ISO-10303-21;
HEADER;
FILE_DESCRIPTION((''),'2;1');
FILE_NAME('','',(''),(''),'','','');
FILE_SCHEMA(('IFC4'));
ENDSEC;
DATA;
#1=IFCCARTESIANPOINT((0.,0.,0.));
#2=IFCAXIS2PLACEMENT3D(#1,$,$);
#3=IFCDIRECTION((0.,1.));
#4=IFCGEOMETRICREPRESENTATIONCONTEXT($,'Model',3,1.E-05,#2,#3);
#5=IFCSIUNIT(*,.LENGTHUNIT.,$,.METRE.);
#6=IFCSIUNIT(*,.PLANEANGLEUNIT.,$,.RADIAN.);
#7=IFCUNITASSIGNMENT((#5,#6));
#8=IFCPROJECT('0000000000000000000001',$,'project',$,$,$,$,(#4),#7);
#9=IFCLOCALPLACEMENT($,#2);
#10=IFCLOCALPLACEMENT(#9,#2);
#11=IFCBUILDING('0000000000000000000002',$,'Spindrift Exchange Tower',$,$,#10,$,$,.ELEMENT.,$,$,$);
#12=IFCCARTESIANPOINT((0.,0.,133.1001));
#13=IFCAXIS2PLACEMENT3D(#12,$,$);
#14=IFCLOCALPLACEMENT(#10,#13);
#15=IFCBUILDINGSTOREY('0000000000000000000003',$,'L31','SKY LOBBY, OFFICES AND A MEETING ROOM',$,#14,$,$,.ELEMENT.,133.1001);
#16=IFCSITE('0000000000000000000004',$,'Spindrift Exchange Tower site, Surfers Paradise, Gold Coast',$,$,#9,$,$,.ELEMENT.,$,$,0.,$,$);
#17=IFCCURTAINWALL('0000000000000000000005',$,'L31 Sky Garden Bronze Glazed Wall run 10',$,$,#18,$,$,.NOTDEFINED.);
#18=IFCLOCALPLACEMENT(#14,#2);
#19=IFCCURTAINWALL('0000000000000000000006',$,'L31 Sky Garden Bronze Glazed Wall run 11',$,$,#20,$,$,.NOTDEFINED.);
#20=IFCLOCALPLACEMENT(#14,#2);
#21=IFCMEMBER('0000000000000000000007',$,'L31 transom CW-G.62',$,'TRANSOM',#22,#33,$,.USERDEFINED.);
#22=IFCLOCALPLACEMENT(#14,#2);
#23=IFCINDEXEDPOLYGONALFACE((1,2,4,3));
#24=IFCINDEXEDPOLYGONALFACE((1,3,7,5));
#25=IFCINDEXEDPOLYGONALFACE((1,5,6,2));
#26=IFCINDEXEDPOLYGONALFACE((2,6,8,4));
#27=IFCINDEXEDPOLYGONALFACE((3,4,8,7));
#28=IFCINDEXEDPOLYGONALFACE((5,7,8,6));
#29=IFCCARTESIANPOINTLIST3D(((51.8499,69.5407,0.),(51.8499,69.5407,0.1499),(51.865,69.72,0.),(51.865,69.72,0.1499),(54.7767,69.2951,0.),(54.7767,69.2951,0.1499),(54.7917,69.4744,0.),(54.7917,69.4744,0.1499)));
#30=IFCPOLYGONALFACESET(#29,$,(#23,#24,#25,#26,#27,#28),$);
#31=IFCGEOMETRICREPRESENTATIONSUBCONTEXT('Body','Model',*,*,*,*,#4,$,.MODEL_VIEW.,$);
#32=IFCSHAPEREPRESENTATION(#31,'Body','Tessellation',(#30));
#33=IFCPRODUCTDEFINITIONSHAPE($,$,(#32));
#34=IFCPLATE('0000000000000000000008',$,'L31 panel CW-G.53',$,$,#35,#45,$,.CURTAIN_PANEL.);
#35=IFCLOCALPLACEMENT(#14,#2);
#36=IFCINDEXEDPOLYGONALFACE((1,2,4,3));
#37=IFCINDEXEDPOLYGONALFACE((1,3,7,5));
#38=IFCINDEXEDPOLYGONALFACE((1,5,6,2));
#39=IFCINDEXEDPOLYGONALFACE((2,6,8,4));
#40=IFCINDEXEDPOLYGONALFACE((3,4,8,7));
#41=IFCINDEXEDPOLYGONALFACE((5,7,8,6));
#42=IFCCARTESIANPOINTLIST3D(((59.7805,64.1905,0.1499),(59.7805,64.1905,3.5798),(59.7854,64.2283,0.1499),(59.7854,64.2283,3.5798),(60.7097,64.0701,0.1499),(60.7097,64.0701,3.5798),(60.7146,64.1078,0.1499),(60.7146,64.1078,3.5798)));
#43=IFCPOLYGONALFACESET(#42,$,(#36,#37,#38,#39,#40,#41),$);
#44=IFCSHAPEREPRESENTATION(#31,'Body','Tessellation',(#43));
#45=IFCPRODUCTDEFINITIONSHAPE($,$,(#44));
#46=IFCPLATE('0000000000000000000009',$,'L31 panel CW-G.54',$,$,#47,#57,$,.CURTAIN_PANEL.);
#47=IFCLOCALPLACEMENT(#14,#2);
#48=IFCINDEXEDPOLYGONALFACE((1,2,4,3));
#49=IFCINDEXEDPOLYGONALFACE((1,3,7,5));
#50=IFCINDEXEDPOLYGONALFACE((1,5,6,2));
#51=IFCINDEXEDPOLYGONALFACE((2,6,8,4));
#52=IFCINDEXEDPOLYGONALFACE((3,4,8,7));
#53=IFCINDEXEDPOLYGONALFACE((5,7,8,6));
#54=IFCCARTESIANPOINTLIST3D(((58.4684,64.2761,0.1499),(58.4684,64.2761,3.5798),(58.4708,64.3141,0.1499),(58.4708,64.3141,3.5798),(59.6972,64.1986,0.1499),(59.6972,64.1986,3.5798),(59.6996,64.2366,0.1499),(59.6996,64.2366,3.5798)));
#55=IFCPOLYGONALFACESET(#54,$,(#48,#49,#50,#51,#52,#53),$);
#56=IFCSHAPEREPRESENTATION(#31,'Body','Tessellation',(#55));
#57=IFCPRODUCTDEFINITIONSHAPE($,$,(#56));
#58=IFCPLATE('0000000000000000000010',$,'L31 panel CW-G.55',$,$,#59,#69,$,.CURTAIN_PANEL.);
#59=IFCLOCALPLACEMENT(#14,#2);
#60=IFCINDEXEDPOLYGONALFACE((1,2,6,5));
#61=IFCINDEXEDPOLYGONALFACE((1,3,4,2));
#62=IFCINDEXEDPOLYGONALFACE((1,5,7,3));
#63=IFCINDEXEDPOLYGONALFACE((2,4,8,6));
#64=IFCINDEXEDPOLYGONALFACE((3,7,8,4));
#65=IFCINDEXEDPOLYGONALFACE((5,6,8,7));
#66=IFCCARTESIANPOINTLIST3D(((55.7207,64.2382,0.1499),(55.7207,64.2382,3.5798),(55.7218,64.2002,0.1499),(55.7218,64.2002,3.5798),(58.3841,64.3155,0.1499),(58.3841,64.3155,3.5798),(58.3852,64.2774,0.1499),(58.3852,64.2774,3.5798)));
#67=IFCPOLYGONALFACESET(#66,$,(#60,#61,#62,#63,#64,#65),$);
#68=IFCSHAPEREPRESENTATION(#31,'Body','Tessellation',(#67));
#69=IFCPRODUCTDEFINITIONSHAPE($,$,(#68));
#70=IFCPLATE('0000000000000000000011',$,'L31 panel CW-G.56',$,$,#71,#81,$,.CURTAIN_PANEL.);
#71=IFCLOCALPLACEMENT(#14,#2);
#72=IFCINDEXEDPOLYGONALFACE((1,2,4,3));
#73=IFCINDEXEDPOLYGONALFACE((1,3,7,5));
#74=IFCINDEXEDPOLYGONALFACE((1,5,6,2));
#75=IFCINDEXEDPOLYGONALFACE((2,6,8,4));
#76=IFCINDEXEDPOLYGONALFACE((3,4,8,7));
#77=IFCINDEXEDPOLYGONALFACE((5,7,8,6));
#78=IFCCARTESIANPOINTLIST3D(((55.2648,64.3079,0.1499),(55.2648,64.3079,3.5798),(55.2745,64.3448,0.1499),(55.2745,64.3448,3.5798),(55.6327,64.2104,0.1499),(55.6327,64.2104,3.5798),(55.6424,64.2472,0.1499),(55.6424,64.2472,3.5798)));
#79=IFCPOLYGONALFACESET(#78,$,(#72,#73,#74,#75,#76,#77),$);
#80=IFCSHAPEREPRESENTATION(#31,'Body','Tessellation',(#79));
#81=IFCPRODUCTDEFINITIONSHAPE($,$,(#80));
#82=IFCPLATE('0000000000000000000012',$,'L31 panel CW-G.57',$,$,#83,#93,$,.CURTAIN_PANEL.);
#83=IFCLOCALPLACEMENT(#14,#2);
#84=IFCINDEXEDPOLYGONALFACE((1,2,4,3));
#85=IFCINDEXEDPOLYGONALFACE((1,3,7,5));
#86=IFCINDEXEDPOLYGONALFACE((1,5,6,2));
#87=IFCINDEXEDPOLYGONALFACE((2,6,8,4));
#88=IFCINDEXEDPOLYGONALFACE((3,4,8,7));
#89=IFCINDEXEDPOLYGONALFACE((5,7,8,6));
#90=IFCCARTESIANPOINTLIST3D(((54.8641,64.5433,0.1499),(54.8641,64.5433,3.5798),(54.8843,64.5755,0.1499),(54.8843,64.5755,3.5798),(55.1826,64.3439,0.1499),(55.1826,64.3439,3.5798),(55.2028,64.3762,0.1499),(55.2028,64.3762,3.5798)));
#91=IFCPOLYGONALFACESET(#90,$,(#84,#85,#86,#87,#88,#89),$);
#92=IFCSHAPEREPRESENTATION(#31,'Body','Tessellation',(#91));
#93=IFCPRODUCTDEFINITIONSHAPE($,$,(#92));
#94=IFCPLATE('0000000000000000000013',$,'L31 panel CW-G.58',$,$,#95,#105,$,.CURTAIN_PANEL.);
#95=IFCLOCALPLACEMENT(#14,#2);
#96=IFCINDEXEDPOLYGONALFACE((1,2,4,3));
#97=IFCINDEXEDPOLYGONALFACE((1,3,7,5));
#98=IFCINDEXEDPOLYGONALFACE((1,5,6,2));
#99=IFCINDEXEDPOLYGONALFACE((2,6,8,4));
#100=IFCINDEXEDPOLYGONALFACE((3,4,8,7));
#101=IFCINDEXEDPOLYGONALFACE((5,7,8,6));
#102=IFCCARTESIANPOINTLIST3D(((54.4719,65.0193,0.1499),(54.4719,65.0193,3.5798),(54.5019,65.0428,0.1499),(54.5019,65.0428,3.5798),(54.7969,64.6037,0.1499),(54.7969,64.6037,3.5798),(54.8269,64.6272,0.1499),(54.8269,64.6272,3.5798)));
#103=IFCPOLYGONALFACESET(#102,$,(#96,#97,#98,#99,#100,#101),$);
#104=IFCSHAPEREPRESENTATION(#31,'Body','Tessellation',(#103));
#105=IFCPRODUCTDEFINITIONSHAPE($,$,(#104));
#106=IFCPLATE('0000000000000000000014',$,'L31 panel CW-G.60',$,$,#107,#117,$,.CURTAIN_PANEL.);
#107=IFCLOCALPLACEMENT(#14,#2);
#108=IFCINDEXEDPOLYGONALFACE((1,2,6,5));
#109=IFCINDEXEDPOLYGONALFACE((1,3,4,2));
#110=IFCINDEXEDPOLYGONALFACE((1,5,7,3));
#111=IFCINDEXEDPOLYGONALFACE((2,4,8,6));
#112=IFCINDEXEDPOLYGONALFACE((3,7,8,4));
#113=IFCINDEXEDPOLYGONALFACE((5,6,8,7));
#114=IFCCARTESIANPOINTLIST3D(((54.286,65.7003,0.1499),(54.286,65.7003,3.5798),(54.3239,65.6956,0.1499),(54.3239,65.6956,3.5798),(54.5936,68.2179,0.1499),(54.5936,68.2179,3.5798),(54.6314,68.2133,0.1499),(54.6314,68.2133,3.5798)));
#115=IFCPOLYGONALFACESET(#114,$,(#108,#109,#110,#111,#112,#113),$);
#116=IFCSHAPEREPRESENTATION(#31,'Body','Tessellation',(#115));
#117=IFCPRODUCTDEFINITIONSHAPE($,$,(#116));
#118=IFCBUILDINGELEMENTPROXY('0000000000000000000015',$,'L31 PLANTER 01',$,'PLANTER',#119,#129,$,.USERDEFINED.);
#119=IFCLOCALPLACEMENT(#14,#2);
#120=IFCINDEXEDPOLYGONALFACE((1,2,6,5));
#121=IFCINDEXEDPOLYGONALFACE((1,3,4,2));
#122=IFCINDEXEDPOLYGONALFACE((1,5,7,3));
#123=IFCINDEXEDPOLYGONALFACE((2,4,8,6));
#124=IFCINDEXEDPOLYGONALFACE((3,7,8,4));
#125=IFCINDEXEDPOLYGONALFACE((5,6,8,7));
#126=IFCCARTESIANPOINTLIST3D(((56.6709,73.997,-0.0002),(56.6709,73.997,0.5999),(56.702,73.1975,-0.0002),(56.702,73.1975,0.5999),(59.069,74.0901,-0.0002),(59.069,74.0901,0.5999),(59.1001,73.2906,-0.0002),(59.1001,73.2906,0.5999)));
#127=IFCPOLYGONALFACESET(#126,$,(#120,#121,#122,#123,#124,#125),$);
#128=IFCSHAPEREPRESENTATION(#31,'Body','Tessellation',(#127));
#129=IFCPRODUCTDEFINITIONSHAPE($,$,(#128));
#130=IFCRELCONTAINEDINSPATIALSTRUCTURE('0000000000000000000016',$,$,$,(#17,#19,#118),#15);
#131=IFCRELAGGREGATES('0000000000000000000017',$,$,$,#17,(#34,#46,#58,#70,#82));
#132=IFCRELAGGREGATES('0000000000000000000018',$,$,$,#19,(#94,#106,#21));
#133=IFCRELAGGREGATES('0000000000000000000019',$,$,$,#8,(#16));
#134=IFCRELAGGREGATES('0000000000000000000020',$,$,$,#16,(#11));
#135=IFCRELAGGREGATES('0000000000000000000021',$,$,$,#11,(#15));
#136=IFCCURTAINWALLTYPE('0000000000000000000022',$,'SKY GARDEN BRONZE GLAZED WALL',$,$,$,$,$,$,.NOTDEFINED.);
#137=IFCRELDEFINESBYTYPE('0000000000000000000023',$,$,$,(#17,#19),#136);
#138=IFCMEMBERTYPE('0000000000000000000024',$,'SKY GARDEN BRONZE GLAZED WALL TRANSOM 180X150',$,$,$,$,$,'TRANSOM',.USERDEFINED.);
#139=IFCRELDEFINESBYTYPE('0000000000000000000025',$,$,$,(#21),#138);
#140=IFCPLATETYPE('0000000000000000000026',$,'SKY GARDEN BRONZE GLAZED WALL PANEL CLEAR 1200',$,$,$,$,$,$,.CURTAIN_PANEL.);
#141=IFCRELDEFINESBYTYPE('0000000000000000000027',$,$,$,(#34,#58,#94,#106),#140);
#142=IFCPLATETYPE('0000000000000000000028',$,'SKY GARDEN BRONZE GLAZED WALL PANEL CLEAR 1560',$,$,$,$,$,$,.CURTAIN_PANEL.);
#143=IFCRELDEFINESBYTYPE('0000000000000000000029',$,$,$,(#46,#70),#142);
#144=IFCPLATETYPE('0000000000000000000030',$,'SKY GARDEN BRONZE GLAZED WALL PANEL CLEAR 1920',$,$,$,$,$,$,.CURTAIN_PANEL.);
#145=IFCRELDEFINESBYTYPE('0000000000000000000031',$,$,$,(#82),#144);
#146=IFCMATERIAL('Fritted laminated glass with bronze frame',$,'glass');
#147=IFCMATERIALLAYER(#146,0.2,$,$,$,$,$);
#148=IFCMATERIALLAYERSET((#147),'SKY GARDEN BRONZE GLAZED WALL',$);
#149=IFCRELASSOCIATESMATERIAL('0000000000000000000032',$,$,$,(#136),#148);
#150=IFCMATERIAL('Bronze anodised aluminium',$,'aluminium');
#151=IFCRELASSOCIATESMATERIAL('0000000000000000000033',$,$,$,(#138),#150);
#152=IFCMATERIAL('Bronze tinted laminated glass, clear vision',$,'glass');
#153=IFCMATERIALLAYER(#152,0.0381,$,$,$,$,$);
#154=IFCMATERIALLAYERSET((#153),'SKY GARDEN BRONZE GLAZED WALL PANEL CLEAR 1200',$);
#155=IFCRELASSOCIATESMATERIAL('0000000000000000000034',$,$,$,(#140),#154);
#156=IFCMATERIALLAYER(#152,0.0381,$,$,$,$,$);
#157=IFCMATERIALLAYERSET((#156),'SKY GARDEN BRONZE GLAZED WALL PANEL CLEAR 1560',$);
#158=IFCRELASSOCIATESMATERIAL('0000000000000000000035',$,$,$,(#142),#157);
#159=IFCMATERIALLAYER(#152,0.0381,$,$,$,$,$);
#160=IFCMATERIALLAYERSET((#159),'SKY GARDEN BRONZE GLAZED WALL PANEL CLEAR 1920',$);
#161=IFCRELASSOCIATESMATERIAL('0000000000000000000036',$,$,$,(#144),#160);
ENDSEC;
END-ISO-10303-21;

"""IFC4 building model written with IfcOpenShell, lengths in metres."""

from ifc_helpers import new_model, si_unit, direction, frame, origin, origin_2d, place, context, subcontext, project, spatial, rectangle, extrude, source, transform, mapped, material, layer, layer_set, material_profile, profile_set, type_object, element, aggregate, save


model = new_model("IFC4")

# Units and contexts
model_context = context("Model", 3, precision=1e-05, world=origin(), true_north=direction((0.0, 1.0)))
body_context = subcontext(model_context, "Body", "Model", "MODEL_VIEW")
ifc_project = project(units=[si_unit("LENGTHUNIT", "METRE"), si_unit("PLANEANGLEUNIT", "RADIAN")], contexts=[model_context])

# Site, building, storey
site_placement = place(None, origin())
site = spatial("IfcSite", under=ifc_project, at=site_placement, Name="Spindrift Exchange Tower site, Surfers Paradise, Gold Coast", CompositionType="ELEMENT", RefElevation=0.0)
building_placement = place(site_placement, origin())
building = spatial("IfcBuilding", under=site, at=building_placement, Name="Spindrift Exchange Tower", CompositionType="ELEMENT")
storey_placement = place(building_placement, frame((0.0, 0.0, 133.1001)))
storey = spatial("IfcBuildingStorey", under=building, at=storey_placement, Name="L31", Description="SKY LOBBY, OFFICES AND A MEETING ROOM", CompositionType="ELEMENT", Elevation=133.1001)

# Curtain walls
ifc_material_1 = material(Name="Fritted laminated glass with bronze frame", Category="glass")
ifc_layer_1 = layer(ifc_material_1, 0.2)
ifc_layer_set_1 = layer_set([ifc_layer_1], Name="SKY GARDEN BRONZE GLAZED WALL")
curtain_wall_type = type_object("IfcCurtainWallType", Name="SKY GARDEN BRONZE GLAZED WALL", PredefinedType="NOTDEFINED", material=ifc_layer_set_1)
curtain_wall_1_placement = place(storey_placement, origin())
curtain_wall_1 = element("IfcCurtainWall", 1, at=curtain_wall_1_placement, inside=storey, type_object=curtain_wall_type, Name="L31 Sky Garden Bronze Glazed Wall run 10", PredefinedType="NOTDEFINED")
ifc_material_2 = material(Name="Bronze anodised aluminium", Category="aluminium")
ifc_material_profile_1 = material_profile(ifc_material_2, rectangle(XDim=0.1799, YDim=0.1499, at=origin_2d()), Name="SKY GARDEN BRONZE GLAZED WALL TRANSOM 180X150")
ifc_profile_set_1 = profile_set([ifc_material_profile_1], Name="Bronze anodised aluminium")
member_type_1 = type_object("IfcMemberType", Name="SKY GARDEN BRONZE GLAZED WALL TRANSOM 180X150", ElementType="TRANSOM", PredefinedType="USERDEFINED", material=ifc_profile_set_1)
curtain_wall_2_placement = place(storey_placement, origin())
curtain_wall_2 = element("IfcCurtainWall", 2, at=curtain_wall_2_placement, inside=storey, type_object=curtain_wall_type, Name="L31 Sky Garden Bronze Glazed Wall run 11", PredefinedType="NOTDEFINED")

# Member
shared_shape_1 = source(origin(), body_context, "Body", "SweptSolid", [
    extrude(rectangle(XDim=0.1799, YDim=0.1499, at=origin_2d()), origin(), (0.0, 0.0, 1.0), 2.937),
])
member_1_placement = place(storey_placement, frame((54.7842, 69.3848, 0.075), z_axis=(-0.996497, 0.083623, 0.0), x_axis=(-0.083623, -0.996497, 0.0)))
member_1 = element("IfcMember", 3, at=member_1_placement, type_object=member_type_1, Name="L31 transom CW-G.62", ObjectType="TRANSOM", PredefinedType="USERDEFINED", context=body_context, shape_type="MappedRepresentation", body=[
    mapped(shared_shape_1, transform((0.0, 0.0, 0.0), scale=1.0)),
])

# Plates
ifc_material_3 = material(Name="Bronze tinted laminated glass, clear vision", Category="glass")
ifc_layer_2 = layer(ifc_material_3, 0.0381)
ifc_layer_set_2 = layer_set([ifc_layer_2], Name="SKY GARDEN BRONZE GLAZED WALL PANEL CLEAR 1200")
plate_type_1 = type_object("IfcPlateType", Name="SKY GARDEN BRONZE GLAZED WALL PANEL CLEAR 1200", PredefinedType="CURTAIN_PANEL", material=ifc_layer_set_2)
shared_shape_2 = source(origin(), body_context, "Body", "SweptSolid", [
    extrude(rectangle(XDim=0.937, YDim=0.0381, at=origin_2d()), origin(), (0.0, 0.0, 1.0), 3.4299),
])
plate_1_placement = place(storey_placement, frame((60.2476, 64.1492, 0.1499), z_axis=(0.0, 0.0, 1.0), x_axis=(-0.991701, 0.128562, 0.0)))
plate_1 = element("IfcPlate", 4, at=plate_1_placement, type_object=plate_type_1, Name="L31 panel CW-G.53", PredefinedType="CURTAIN_PANEL", context=body_context, shape_type="MappedRepresentation", body=[
    mapped(shared_shape_2, transform((0.0, 0.0, 0.0), scale=1.0)),
])
ifc_layer_3 = layer(ifc_material_3, 0.0381)
ifc_layer_set_3 = layer_set([ifc_layer_3], Name="SKY GARDEN BRONZE GLAZED WALL PANEL CLEAR 1560")
plate_type_2 = type_object("IfcPlateType", Name="SKY GARDEN BRONZE GLAZED WALL PANEL CLEAR 1560", PredefinedType="CURTAIN_PANEL", material=ifc_layer_set_3)
shared_shape_3 = source(origin(), body_context, "Body", "SweptSolid", [
    extrude(rectangle(XDim=1.2312, YDim=0.0381, at=origin_2d()), origin(), (0.0, 0.0, 1.0), 3.4299),
])
plate_2_placement = place(storey_placement, frame((59.084, 64.2563, 0.1499), z_axis=(0.0, 0.0, 1.0), x_axis=(-0.998015, 0.062984, 0.0)))
plate_2 = element("IfcPlate", 5, at=plate_2_placement, type_object=plate_type_2, Name="L31 panel CW-G.54", PredefinedType="CURTAIN_PANEL", context=body_context, shape_type="MappedRepresentation", body=[
    mapped(shared_shape_3, transform((0.0, 0.0, 0.0), scale=1.0)),
])
shared_shape_4 = source(origin(), body_context, "Body", "SweptSolid", [
    extrude(rectangle(XDim=2.6646, YDim=0.0381, at=origin_2d()), origin(), (0.0, 0.0, 1.0), 3.4299),
])
plate_3_placement = place(storey_placement, frame((57.053, 64.2578, 0.1499), z_axis=(0.0, 0.0, 1.0), x_axis=(-0.99958, -0.028986, 0.0)))
plate_3 = element("IfcPlate", 6, at=plate_3_placement, type_object=plate_type_1, Name="L31 panel CW-G.55", PredefinedType="CURTAIN_PANEL", context=body_context, shape_type="MappedRepresentation", body=[
    mapped(shared_shape_4, transform((0.0, 0.0, 0.0), scale=1.0)),
])
shared_shape_5 = source(origin(), body_context, "Body", "SweptSolid", [
    extrude(rectangle(XDim=0.3806, YDim=0.0381, at=origin_2d()), origin(), (0.0, 0.0, 1.0), 3.4299),
])
plate_4_placement = place(storey_placement, frame((55.4536, 64.2776, 0.1499), z_axis=(0.0, 0.0, 1.0), x_axis=(-0.966622, 0.256205, 0.0)))
plate_4 = element("IfcPlate", 7, at=plate_4_placement, type_object=plate_type_2, Name="L31 panel CW-G.56", PredefinedType="CURTAIN_PANEL", context=body_context, shape_type="MappedRepresentation", body=[
    mapped(shared_shape_5, transform((0.0, 0.0, 0.0), scale=1.0)),
])
ifc_layer_4 = layer(ifc_material_3, 0.0381)
ifc_layer_set_4 = layer_set([ifc_layer_4], Name="SKY GARDEN BRONZE GLAZED WALL PANEL CLEAR 1920")
plate_type_3 = type_object("IfcPlateType", Name="SKY GARDEN BRONZE GLAZED WALL PANEL CLEAR 1920", PredefinedType="CURTAIN_PANEL", material=ifc_layer_set_4)
shared_shape_6 = source(origin(), body_context, "Body", "SweptSolid", [
    extrude(rectangle(XDim=0.3757, YDim=0.0381, at=origin_2d()), origin(), (0.0, 0.0, 1.0), 3.4299),
])
plate_5_placement = place(storey_placement, frame((55.0334, 64.4597, 0.1499), z_axis=(0.0, 0.0, 1.0), x_axis=(-0.847633, 0.530584, 0.0)))
plate_5 = element("IfcPlate", 8, at=plate_5_placement, type_object=plate_type_3, Name="L31 panel CW-G.57", PredefinedType="CURTAIN_PANEL", context=body_context, shape_type="MappedRepresentation", body=[
    mapped(shared_shape_6, transform((0.0, 0.0, 0.0), scale=1.0)),
])
aggregate(curtain_wall_1, [plate_1, plate_2, plate_3, plate_4, plate_5])
shared_shape_7 = source(origin(), body_context, "Body", "SweptSolid", [
    extrude(rectangle(XDim=0.5276, YDim=0.0381, at=origin_2d()), origin(), (0.0, 0.0, 1.0), 3.4299),
])
plate_6_placement = place(storey_placement, frame((54.6494, 64.8232, 0.1499), z_axis=(0.0, 0.0, 1.0), x_axis=(-0.616018, 0.787732, 0.0)))
plate_6 = element("IfcPlate", 9, at=plate_6_placement, type_object=plate_type_1, Name="L31 panel CW-G.58", PredefinedType="CURTAIN_PANEL", context=body_context, shape_type="MappedRepresentation", body=[
    mapped(shared_shape_7, transform((0.0, 0.0, 0.0), scale=1.0)),
])
shared_shape_8 = source(origin(), body_context, "Body", "SweptSolid", [
    extrude(rectangle(XDim=2.5364, YDim=0.0381, at=origin_2d()), origin(), (0.0, 0.0, 1.0), 3.4299),
])
plate_7_placement = place(storey_placement, frame((54.4587, 66.9568, 0.1499), z_axis=(0.0, 0.0, 1.0), x_axis=(0.121266, 0.99262, 0.0)))
plate_7 = element("IfcPlate", 10, at=plate_7_placement, type_object=plate_type_1, Name="L31 panel CW-G.60", PredefinedType="CURTAIN_PANEL", context=body_context, shape_type="MappedRepresentation", body=[
    mapped(shared_shape_8, transform((0.0, 0.0, 0.0), scale=1.0)),
])
aggregate(curtain_wall_2, [plate_6, plate_7, member_1])

# Building element proxy
shared_shape_9 = source(origin(), body_context, "Body", "SweptSolid", [
    extrude(rectangle(XDim=2.3999, YDim=0.8, at=origin_2d()), origin(), (0.0, 0.0, 1.0), 0.6001),
])
proxy_placement = place(storey_placement, frame((57.8855, 73.6438, -0.0002), z_axis=(0.0, 0.0, 1.0), x_axis=(0.999247, 0.038799, 0.0)))
element("IfcBuildingElementProxy", 11, at=proxy_placement, inside=storey, Name="L31 PLANTER 01", ObjectType="PLANTER", PredefinedType="USERDEFINED", context=body_context, shape_type="MappedRepresentation", body=[
    mapped(shared_shape_9, transform((0.0, 0.0, 0.0), scale=1.0)),
])

save(model, "model.ifc")
